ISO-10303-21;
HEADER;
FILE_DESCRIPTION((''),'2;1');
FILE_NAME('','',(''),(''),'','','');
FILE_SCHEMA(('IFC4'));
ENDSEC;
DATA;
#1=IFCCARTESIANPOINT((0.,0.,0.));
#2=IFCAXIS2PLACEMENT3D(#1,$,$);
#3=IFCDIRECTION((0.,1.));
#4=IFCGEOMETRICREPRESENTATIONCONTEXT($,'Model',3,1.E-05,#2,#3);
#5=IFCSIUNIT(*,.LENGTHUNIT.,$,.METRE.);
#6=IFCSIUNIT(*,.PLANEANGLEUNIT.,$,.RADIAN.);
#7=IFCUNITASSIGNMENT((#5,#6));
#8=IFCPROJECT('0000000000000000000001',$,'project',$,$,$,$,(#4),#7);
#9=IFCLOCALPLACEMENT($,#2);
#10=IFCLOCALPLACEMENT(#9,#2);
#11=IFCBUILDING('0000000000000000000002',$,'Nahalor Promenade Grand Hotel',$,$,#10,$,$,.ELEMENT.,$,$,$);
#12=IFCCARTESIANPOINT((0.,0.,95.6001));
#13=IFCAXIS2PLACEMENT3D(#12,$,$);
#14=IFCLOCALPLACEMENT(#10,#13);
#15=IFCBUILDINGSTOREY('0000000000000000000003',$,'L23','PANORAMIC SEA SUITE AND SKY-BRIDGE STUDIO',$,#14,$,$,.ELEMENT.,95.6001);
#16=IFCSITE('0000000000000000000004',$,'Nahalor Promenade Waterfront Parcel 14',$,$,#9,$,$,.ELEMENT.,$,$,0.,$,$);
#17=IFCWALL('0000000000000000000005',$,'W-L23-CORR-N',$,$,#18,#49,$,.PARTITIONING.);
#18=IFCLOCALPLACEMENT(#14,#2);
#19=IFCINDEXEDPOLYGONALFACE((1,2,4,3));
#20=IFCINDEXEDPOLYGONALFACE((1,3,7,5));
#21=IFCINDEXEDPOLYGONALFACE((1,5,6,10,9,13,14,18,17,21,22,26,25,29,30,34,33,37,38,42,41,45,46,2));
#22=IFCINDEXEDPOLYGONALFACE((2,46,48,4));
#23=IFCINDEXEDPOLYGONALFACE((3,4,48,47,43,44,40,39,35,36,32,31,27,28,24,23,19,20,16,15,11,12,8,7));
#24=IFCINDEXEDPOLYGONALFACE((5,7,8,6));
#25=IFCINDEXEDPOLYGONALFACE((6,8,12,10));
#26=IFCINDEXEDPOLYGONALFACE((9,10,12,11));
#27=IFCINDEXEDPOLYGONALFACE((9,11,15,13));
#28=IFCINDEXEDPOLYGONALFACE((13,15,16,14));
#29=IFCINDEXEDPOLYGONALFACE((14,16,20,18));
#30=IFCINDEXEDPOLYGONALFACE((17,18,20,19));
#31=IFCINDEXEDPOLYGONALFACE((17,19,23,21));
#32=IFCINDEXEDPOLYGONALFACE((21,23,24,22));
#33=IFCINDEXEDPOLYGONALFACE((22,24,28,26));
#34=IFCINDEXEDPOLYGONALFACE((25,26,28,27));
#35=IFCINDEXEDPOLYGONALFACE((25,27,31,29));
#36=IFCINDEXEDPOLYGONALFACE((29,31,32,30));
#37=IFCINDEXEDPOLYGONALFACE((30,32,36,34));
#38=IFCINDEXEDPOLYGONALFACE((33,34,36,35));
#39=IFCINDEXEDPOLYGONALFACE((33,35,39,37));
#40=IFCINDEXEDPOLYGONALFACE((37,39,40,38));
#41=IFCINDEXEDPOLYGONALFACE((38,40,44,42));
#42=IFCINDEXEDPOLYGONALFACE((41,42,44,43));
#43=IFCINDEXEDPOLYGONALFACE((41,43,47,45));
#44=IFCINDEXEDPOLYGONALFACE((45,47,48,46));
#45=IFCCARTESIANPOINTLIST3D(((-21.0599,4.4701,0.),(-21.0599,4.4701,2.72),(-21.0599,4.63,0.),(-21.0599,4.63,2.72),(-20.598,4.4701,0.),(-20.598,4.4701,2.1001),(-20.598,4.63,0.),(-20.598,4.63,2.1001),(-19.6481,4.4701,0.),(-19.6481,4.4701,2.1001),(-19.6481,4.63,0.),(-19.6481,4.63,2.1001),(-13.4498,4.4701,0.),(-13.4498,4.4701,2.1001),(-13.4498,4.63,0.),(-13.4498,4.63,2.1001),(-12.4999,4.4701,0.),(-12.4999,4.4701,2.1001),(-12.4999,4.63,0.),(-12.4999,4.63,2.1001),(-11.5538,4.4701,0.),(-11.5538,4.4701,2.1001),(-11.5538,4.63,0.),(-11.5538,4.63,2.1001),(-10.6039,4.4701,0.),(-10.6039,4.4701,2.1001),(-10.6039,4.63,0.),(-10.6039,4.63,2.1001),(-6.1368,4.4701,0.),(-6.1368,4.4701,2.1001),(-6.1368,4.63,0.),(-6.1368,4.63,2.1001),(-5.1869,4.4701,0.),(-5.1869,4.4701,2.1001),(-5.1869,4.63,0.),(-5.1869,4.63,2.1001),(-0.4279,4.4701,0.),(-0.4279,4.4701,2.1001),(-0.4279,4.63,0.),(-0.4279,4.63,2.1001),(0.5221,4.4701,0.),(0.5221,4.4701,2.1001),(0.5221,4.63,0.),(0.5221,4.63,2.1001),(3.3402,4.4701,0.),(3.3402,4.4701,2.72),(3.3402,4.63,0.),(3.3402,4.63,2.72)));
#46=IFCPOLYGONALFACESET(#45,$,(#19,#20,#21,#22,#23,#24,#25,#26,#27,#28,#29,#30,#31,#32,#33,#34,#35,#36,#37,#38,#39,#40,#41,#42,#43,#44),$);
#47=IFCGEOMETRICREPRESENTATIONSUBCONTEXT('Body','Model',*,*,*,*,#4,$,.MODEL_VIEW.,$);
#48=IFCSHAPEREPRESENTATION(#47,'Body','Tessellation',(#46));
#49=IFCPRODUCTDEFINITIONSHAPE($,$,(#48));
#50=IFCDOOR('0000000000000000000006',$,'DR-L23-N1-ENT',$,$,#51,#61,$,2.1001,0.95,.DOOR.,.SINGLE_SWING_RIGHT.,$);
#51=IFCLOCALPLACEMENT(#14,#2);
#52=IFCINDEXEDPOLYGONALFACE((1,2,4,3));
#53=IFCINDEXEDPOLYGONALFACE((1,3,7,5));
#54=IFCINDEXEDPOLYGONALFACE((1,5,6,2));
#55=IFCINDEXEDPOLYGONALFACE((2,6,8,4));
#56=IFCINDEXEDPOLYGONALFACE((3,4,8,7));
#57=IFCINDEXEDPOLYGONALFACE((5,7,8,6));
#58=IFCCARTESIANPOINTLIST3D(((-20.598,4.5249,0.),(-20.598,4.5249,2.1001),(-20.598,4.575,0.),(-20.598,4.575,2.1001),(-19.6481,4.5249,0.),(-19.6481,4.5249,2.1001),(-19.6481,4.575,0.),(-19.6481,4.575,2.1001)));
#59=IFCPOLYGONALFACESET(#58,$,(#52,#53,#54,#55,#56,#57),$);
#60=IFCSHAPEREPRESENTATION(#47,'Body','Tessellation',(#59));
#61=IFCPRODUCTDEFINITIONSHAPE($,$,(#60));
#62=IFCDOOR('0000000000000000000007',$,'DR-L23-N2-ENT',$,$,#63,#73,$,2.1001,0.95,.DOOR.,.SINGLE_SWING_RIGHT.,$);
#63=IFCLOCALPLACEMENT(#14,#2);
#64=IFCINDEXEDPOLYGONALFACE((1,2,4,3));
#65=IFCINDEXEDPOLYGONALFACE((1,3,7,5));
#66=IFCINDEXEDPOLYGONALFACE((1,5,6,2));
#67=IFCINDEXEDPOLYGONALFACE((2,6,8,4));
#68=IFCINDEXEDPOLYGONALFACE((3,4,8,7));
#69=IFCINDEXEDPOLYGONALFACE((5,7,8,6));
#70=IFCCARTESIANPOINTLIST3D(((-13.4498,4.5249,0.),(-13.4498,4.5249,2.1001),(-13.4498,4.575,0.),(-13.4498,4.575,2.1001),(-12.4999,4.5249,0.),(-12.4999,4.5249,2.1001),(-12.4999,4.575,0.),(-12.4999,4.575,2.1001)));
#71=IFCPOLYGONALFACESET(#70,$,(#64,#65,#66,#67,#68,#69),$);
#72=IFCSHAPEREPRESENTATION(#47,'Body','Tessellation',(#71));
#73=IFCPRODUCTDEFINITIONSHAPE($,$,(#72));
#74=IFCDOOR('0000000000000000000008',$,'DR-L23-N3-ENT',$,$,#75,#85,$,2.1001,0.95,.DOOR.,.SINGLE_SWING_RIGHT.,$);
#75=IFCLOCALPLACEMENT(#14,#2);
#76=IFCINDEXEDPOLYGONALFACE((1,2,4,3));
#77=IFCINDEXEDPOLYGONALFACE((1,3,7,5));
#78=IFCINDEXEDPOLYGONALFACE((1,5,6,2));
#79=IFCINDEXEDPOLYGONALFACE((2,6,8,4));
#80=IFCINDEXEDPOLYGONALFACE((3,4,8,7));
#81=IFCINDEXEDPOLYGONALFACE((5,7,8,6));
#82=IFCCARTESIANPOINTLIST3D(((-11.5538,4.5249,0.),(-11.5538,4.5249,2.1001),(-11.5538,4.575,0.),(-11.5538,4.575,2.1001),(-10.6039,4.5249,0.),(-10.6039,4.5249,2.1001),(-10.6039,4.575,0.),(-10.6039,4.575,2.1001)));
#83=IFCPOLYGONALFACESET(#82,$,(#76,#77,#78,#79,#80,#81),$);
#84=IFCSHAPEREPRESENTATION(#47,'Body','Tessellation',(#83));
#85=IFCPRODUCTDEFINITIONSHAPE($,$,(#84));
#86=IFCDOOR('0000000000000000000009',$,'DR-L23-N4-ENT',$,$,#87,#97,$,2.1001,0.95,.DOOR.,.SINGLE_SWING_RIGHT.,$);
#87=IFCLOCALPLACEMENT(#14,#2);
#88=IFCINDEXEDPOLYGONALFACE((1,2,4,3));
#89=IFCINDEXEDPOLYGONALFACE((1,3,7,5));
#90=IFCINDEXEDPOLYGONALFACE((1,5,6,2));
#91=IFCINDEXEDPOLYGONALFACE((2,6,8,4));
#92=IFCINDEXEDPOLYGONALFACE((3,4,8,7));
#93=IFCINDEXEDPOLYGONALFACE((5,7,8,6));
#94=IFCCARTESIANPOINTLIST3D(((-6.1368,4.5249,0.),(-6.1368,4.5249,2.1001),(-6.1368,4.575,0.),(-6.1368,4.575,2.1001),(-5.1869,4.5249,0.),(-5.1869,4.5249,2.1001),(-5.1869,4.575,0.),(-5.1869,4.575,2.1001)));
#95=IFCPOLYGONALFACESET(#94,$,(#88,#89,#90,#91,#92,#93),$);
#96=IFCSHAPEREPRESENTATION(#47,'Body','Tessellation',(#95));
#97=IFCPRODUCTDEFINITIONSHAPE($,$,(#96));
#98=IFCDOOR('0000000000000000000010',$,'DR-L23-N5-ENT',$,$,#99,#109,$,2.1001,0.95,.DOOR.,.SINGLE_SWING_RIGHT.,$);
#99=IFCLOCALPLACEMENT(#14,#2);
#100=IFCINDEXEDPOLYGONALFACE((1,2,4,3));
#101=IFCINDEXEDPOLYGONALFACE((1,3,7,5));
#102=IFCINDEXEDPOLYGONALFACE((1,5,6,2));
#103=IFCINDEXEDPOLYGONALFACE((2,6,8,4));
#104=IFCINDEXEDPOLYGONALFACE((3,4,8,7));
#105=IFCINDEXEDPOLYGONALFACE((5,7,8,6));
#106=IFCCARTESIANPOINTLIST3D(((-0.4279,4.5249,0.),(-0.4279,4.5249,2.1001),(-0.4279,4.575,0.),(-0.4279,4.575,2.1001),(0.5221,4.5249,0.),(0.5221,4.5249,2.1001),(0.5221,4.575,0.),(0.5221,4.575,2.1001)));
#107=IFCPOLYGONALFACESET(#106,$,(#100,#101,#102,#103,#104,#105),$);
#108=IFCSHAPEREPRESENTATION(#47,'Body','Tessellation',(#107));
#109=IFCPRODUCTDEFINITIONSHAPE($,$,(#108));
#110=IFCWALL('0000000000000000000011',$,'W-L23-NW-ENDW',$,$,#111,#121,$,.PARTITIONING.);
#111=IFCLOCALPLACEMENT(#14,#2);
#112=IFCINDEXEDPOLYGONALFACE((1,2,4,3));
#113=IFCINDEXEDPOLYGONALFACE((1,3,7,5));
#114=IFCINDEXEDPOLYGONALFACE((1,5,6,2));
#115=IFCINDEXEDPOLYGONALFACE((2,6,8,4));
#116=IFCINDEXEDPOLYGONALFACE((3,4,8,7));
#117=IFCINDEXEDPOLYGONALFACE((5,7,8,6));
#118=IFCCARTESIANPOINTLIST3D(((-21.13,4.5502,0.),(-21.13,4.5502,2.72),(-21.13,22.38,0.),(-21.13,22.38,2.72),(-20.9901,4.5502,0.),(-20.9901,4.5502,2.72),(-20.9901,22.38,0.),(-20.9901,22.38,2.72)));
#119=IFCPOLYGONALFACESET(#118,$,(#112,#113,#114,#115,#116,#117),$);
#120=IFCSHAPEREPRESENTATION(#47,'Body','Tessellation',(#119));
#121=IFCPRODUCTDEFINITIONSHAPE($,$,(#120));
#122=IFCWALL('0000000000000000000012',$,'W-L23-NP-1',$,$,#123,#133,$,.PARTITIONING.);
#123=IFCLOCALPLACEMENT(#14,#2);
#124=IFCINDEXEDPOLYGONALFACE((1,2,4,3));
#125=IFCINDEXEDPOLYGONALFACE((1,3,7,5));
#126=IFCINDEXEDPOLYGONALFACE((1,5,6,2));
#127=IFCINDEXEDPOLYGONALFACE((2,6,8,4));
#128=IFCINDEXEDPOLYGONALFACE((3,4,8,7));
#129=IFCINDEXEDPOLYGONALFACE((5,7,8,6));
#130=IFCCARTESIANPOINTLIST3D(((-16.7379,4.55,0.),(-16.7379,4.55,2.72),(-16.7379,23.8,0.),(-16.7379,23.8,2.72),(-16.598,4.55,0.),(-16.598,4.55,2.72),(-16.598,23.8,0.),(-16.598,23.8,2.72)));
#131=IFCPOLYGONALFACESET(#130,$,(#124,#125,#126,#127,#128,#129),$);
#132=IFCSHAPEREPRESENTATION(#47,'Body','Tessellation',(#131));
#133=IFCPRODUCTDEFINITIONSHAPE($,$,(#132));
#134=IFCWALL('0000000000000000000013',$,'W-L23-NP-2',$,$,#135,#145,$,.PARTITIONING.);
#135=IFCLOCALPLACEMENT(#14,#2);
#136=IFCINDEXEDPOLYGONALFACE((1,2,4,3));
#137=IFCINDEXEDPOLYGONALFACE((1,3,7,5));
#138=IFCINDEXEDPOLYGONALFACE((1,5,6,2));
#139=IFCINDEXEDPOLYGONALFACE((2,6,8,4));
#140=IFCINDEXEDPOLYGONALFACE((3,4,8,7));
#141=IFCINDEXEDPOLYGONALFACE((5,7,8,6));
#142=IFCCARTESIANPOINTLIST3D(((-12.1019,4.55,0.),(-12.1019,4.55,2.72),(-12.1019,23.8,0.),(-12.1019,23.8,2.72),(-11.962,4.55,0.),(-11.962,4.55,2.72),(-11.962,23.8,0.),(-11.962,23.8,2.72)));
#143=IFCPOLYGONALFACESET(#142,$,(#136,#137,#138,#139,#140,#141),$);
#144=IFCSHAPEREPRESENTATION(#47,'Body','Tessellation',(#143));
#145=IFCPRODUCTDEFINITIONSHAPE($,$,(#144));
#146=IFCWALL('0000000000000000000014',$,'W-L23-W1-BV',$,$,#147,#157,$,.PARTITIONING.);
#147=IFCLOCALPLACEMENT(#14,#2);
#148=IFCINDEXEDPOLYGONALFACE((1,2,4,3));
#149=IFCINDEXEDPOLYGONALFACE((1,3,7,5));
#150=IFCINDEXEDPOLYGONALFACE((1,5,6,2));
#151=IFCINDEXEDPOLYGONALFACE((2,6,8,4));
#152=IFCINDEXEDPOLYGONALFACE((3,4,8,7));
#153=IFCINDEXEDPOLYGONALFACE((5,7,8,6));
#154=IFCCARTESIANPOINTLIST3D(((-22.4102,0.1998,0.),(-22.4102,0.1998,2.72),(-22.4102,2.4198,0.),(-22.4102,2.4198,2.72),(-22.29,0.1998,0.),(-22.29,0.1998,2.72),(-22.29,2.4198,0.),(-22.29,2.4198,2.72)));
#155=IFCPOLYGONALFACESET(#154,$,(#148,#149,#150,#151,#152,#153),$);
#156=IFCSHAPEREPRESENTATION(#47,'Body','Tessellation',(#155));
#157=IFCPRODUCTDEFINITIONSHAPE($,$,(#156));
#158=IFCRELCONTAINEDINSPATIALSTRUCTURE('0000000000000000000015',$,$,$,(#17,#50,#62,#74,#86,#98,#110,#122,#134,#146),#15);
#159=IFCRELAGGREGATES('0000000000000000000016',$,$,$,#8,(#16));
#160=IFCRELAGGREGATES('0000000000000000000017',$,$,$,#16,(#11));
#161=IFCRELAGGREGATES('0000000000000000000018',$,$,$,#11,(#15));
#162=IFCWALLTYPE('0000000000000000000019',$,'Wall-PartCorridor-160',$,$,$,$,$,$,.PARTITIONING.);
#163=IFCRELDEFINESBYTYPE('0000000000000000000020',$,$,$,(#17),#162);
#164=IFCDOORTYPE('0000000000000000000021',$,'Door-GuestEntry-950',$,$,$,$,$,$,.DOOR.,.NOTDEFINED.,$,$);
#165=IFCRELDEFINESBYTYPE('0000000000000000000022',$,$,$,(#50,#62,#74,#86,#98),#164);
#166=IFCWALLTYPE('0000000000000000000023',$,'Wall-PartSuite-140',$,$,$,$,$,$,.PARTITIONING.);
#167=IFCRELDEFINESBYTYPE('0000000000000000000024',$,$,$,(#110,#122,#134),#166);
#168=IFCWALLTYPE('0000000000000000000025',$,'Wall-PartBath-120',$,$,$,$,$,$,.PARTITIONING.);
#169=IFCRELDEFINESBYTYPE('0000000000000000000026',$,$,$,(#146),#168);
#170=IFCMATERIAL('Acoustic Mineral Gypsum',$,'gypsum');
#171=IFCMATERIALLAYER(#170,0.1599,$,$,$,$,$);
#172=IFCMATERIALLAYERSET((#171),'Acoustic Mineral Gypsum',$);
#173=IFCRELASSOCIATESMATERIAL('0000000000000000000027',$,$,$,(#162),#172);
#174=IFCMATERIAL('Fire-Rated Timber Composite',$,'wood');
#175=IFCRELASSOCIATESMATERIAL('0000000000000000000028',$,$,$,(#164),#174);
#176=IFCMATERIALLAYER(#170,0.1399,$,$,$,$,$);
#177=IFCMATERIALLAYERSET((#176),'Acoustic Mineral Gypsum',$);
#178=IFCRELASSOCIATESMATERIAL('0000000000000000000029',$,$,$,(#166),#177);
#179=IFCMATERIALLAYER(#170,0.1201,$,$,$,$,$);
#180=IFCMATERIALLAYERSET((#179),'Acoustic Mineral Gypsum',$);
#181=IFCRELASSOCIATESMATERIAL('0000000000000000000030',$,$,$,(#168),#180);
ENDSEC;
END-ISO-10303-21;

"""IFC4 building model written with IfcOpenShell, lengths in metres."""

from ifc_helpers import new_model, si_unit, direction, frame, frame_2d, origin, place, context, subcontext, project, spatial, rectangle, extrude, source, transform, mapped, material, layer, layer_set, type_object, element, fill, save


model = new_model("IFC4")

# Units and contexts
model_context = context("Model", 3, precision=1e-05, world=origin(), true_north=direction((0.0, 1.0)))
body_context = subcontext(model_context, "Body", "Model", "MODEL_VIEW")
ifc_project = project(units=[si_unit("LENGTHUNIT", "METRE"), si_unit("PLANEANGLEUNIT", "RADIAN")], contexts=[model_context])

# Site, building, storey
site_placement = place(None, origin())
site = spatial("IfcSite", under=ifc_project, at=site_placement, Name="Nahalor Promenade Waterfront Parcel 14", CompositionType="ELEMENT", RefElevation=0.0)
building_placement = place(site_placement, origin())
building = spatial("IfcBuilding", under=site, at=building_placement, Name="Nahalor Promenade Grand Hotel", CompositionType="ELEMENT")
storey_placement = place(building_placement, frame((0.0, 0.0, 95.6001)))
storey = spatial("IfcBuildingStorey", under=building, at=storey_placement, Name="L23", Description="PANORAMIC SEA SUITE AND SKY-BRIDGE STUDIO", CompositionType="ELEMENT", Elevation=95.6001)

# Wall, openings, doors
ifc_material_1 = material(Name="Acoustic Mineral Gypsum", Category="gypsum")
ifc_layer_1 = layer(ifc_material_1, 0.1599)
ifc_layer_set_1 = layer_set([ifc_layer_1], Name="Acoustic Mineral Gypsum")
wall_type_1 = type_object("IfcWallType", Name="Wall-PartCorridor-160", PredefinedType="PARTITIONING", material=ifc_layer_set_1)
shared_shape_1 = source(origin(), body_context, "Body", "SweptSolid", [
    extrude(rectangle(XDim=24.4001, YDim=0.1599, at=frame_2d((12.2002, 0.0))), origin(), (0.0, 0.0, 1.0), 2.72),
])
wall_1_placement = place(storey_placement, frame((-21.0601, 4.55, 0.0), z_axis=(0.0, 0.0, 1.0), x_axis=(1.0, 0.0, 0.0)))
wall_1 = element("IfcWall", 1, at=wall_1_placement, inside=storey, type_object=wall_type_1, Name="W-L23-CORR-N", PredefinedType="PARTITIONING", context=body_context, shape_type="MappedRepresentation", body=[
    mapped(shared_shape_1, transform((0.0, 0.0, 0.0), scale=1.0)),
])
opening_1_placement = place(wall_1_placement, frame((0.4619, 0.0, 0.0)))
opening_1 = element("IfcOpeningElement", 2, at=opening_1_placement, cuts=wall_1, PredefinedType="OPENING", context=body_context, shape_type="SweptSolid", body=[
    extrude(rectangle(XDim=0.95, YDim=2.1001, at=frame_2d((0.4751, 1.05))), frame((0.0, 0.0898, 0.0), z_axis=(0.0, -1.0, 0.0), x_axis=(1.0, 0.0, 0.0)), (0.0, 0.0, 1.0), 0.1799),
])
opening_2_placement = place(wall_1_placement, frame((7.6101, 0.0, 0.0)))
opening_2 = element("IfcOpeningElement", 3, at=opening_2_placement, cuts=wall_1, PredefinedType="OPENING", context=body_context, shape_type="SweptSolid", body=[
    extrude(rectangle(XDim=0.95, YDim=2.1001, at=frame_2d((0.4751, 1.05))), frame((0.0, 0.0898, 0.0), z_axis=(0.0, -1.0, 0.0), x_axis=(1.0, 0.0, 0.0)), (0.0, 0.0, 1.0), 0.1799),
])
opening_3_placement = place(wall_1_placement, frame((9.5061, 0.0, 0.0)))
opening_3 = element("IfcOpeningElement", 4, at=opening_3_placement, cuts=wall_1, PredefinedType="OPENING", context=body_context, shape_type="SweptSolid", body=[
    extrude(rectangle(XDim=0.95, YDim=2.1001, at=frame_2d((0.4751, 1.05))), frame((0.0, 0.0898, 0.0), z_axis=(0.0, -1.0, 0.0), x_axis=(1.0, 0.0, 0.0)), (0.0, 0.0, 1.0), 0.1799),
])
opening_4_placement = place(wall_1_placement, frame((14.9231, 0.0, 0.0)))
opening_4 = element("IfcOpeningElement", 5, at=opening_4_placement, cuts=wall_1, PredefinedType="OPENING", context=body_context, shape_type="SweptSolid", body=[
    extrude(rectangle(XDim=0.95, YDim=2.1001, at=frame_2d((0.4751, 1.05))), frame((0.0, 0.0898, 0.0), z_axis=(0.0, -1.0, 0.0), x_axis=(1.0, 0.0, 0.0)), (0.0, 0.0, 1.0), 0.1799),
])
opening_5_placement = place(wall_1_placement, frame((20.6321, 0.0, 0.0)))
opening_5 = element("IfcOpeningElement", 6, at=opening_5_placement, cuts=wall_1, PredefinedType="OPENING", context=body_context, shape_type="SweptSolid", body=[
    extrude(rectangle(XDim=0.95, YDim=2.1001, at=frame_2d((0.4751, 1.05))), frame((0.0, 0.0898, 0.0), z_axis=(0.0, -1.0, 0.0), x_axis=(1.0, 0.0, 0.0)), (0.0, 0.0, 1.0), 0.1799),
])
ifc_material_2 = material(Name="Fire-Rated Timber Composite", Category="wood")
door_type_1 = type_object("IfcDoorType", Name="Door-GuestEntry-950", OperationType="NOTDEFINED", PredefinedType="DOOR", material=ifc_material_2)
shared_shape_2 = source(origin(), body_context, "Body", "SweptSolid", [
    extrude(rectangle(XDim=0.95, YDim=2.1001, at=frame_2d((0.4751, 1.05))), frame((0.0, 0.0249, 0.0), z_axis=(0.0, -1.0, 0.0), x_axis=(1.0, 0.0, 0.0)), (0.0, 0.0, 1.0), 0.05),
])
door_1_placement = place(opening_1_placement, origin())
door_1 = element("IfcDoor", 7, at=door_1_placement, inside=storey, type_object=door_type_1, Name="DR-L23-N1-ENT", OperationType="SINGLE_SWING_RIGHT", OverallHeight=2.1001, OverallWidth=0.95, PredefinedType="DOOR", context=body_context, shape_type="MappedRepresentation", body=[
    mapped(shared_shape_2, transform((0.0, 0.0, 0.0), scale=1.0)),
])
fill(opening_1, door_1)
door_2_placement = place(opening_2_placement, origin())
door_2 = element("IfcDoor", 8, at=door_2_placement, inside=storey, type_object=door_type_1, Name="DR-L23-N2-ENT", OperationType="SINGLE_SWING_RIGHT", OverallHeight=2.1001, OverallWidth=0.95, PredefinedType="DOOR", context=body_context, shape_type="MappedRepresentation", body=[
    mapped(shared_shape_2, transform((0.0, 0.0, 0.0), scale=1.0)),
])
fill(opening_2, door_2)
door_3_placement = place(opening_3_placement, origin())
door_3 = element("IfcDoor", 9, at=door_3_placement, inside=storey, type_object=door_type_1, Name="DR-L23-N3-ENT", OperationType="SINGLE_SWING_RIGHT", OverallHeight=2.1001, OverallWidth=0.95, PredefinedType="DOOR", context=body_context, shape_type="MappedRepresentation", body=[
    mapped(shared_shape_2, transform((0.0, 0.0, 0.0), scale=1.0)),
])
fill(opening_3, door_3)
door_4_placement = place(opening_4_placement, origin())
door_4 = element("IfcDoor", 10, at=door_4_placement, inside=storey, type_object=door_type_1, Name="DR-L23-N4-ENT", OperationType="SINGLE_SWING_RIGHT", OverallHeight=2.1001, OverallWidth=0.95, PredefinedType="DOOR", context=body_context, shape_type="MappedRepresentation", body=[
    mapped(shared_shape_2, transform((0.0, 0.0, 0.0), scale=1.0)),
])
fill(opening_4, door_4)
door_5_placement = place(opening_5_placement, origin())
door_5 = element("IfcDoor", 11, at=door_5_placement, inside=storey, type_object=door_type_1, Name="DR-L23-N5-ENT", OperationType="SINGLE_SWING_RIGHT", OverallHeight=2.1001, OverallWidth=0.95, PredefinedType="DOOR", context=body_context, shape_type="MappedRepresentation", body=[
    mapped(shared_shape_2, transform((0.0, 0.0, 0.0), scale=1.0)),
])
fill(opening_5, door_5)

# Walls
ifc_layer_2 = layer(ifc_material_1, 0.1399)
ifc_layer_set_2 = layer_set([ifc_layer_2], Name="Acoustic Mineral Gypsum")
wall_type_2 = type_object("IfcWallType", Name="Wall-PartSuite-140", PredefinedType="PARTITIONING", material=ifc_layer_set_2)
shared_shape_3 = source(origin(), body_context, "Body", "SweptSolid", [
    extrude(rectangle(XDim=17.8298, YDim=0.1399, at=frame_2d((8.915, 0.0))), origin(), (0.0, 0.0, 1.0), 2.72),
])
wall_2_placement = place(storey_placement, frame((-21.0601, 4.55, 0.0), z_axis=(0.0, 0.0, 1.0), x_axis=(0.0, 1.0, 0.0)))
element("IfcWall", 12, at=wall_2_placement, inside=storey, type_object=wall_type_2, Name="W-L23-NW-ENDW", PredefinedType="PARTITIONING", context=body_context, shape_type="MappedRepresentation", body=[
    mapped(shared_shape_3, transform((0.0, 0.0, 0.0), scale=1.0)),
])
shared_shape_4 = source(origin(), body_context, "Body", "SweptSolid", [
    extrude(rectangle(XDim=19.25, YDim=0.1399, at=frame_2d((9.625, 0.0))), origin(), (0.0, 0.0, 1.0), 2.72),
])
for number, where, z_axis, x_axis, name in (
    (13, (-16.668, 4.55, 0.0), (0.0, 0.0, 1.0), (0.0, 1.0, 0.0), "W-L23-NP-1"),
    (14, (-12.032, 4.55, 0.0), (0.0, 0.0, 1.0), (0.0, 1.0, 0.0), "W-L23-NP-2"),
):
    element("IfcWall", number, at=place(storey_placement, frame(where, z_axis=z_axis, x_axis=x_axis)), inside=storey, type_object=wall_type_2, Name=name, PredefinedType="PARTITIONING", context=body_context, shape_type="MappedRepresentation", body=[
        mapped(shared_shape_4, transform((0.0, 0.0, 0.0), scale=1.0)),
    ])
ifc_layer_3 = layer(ifc_material_1, 0.1201)
ifc_layer_set_3 = layer_set([ifc_layer_3], Name="Acoustic Mineral Gypsum")
wall_type_3 = type_object("IfcWallType", Name="Wall-PartBath-120", PredefinedType="PARTITIONING", material=ifc_layer_set_3)
shared_shape_5 = source(origin(), body_context, "Body", "SweptSolid", [
    extrude(rectangle(XDim=2.22, YDim=0.1201, at=frame_2d((1.1099, 0.0))), origin(), (0.0, 0.0, 1.0), 2.72),
])
wall_3_placement = place(storey_placement, frame((-22.3501, 0.2, 0.0), z_axis=(0.0, 0.0, 1.0), x_axis=(0.0, 1.0, 0.0)))
element("IfcWall", 15, at=wall_3_placement, inside=storey, type_object=wall_type_3, Name="W-L23-W1-BV", PredefinedType="PARTITIONING", context=body_context, shape_type="MappedRepresentation", body=[
    mapped(shared_shape_5, transform((0.0, 0.0, 0.0), scale=1.0)),
])

save(model, "model.ifc")
